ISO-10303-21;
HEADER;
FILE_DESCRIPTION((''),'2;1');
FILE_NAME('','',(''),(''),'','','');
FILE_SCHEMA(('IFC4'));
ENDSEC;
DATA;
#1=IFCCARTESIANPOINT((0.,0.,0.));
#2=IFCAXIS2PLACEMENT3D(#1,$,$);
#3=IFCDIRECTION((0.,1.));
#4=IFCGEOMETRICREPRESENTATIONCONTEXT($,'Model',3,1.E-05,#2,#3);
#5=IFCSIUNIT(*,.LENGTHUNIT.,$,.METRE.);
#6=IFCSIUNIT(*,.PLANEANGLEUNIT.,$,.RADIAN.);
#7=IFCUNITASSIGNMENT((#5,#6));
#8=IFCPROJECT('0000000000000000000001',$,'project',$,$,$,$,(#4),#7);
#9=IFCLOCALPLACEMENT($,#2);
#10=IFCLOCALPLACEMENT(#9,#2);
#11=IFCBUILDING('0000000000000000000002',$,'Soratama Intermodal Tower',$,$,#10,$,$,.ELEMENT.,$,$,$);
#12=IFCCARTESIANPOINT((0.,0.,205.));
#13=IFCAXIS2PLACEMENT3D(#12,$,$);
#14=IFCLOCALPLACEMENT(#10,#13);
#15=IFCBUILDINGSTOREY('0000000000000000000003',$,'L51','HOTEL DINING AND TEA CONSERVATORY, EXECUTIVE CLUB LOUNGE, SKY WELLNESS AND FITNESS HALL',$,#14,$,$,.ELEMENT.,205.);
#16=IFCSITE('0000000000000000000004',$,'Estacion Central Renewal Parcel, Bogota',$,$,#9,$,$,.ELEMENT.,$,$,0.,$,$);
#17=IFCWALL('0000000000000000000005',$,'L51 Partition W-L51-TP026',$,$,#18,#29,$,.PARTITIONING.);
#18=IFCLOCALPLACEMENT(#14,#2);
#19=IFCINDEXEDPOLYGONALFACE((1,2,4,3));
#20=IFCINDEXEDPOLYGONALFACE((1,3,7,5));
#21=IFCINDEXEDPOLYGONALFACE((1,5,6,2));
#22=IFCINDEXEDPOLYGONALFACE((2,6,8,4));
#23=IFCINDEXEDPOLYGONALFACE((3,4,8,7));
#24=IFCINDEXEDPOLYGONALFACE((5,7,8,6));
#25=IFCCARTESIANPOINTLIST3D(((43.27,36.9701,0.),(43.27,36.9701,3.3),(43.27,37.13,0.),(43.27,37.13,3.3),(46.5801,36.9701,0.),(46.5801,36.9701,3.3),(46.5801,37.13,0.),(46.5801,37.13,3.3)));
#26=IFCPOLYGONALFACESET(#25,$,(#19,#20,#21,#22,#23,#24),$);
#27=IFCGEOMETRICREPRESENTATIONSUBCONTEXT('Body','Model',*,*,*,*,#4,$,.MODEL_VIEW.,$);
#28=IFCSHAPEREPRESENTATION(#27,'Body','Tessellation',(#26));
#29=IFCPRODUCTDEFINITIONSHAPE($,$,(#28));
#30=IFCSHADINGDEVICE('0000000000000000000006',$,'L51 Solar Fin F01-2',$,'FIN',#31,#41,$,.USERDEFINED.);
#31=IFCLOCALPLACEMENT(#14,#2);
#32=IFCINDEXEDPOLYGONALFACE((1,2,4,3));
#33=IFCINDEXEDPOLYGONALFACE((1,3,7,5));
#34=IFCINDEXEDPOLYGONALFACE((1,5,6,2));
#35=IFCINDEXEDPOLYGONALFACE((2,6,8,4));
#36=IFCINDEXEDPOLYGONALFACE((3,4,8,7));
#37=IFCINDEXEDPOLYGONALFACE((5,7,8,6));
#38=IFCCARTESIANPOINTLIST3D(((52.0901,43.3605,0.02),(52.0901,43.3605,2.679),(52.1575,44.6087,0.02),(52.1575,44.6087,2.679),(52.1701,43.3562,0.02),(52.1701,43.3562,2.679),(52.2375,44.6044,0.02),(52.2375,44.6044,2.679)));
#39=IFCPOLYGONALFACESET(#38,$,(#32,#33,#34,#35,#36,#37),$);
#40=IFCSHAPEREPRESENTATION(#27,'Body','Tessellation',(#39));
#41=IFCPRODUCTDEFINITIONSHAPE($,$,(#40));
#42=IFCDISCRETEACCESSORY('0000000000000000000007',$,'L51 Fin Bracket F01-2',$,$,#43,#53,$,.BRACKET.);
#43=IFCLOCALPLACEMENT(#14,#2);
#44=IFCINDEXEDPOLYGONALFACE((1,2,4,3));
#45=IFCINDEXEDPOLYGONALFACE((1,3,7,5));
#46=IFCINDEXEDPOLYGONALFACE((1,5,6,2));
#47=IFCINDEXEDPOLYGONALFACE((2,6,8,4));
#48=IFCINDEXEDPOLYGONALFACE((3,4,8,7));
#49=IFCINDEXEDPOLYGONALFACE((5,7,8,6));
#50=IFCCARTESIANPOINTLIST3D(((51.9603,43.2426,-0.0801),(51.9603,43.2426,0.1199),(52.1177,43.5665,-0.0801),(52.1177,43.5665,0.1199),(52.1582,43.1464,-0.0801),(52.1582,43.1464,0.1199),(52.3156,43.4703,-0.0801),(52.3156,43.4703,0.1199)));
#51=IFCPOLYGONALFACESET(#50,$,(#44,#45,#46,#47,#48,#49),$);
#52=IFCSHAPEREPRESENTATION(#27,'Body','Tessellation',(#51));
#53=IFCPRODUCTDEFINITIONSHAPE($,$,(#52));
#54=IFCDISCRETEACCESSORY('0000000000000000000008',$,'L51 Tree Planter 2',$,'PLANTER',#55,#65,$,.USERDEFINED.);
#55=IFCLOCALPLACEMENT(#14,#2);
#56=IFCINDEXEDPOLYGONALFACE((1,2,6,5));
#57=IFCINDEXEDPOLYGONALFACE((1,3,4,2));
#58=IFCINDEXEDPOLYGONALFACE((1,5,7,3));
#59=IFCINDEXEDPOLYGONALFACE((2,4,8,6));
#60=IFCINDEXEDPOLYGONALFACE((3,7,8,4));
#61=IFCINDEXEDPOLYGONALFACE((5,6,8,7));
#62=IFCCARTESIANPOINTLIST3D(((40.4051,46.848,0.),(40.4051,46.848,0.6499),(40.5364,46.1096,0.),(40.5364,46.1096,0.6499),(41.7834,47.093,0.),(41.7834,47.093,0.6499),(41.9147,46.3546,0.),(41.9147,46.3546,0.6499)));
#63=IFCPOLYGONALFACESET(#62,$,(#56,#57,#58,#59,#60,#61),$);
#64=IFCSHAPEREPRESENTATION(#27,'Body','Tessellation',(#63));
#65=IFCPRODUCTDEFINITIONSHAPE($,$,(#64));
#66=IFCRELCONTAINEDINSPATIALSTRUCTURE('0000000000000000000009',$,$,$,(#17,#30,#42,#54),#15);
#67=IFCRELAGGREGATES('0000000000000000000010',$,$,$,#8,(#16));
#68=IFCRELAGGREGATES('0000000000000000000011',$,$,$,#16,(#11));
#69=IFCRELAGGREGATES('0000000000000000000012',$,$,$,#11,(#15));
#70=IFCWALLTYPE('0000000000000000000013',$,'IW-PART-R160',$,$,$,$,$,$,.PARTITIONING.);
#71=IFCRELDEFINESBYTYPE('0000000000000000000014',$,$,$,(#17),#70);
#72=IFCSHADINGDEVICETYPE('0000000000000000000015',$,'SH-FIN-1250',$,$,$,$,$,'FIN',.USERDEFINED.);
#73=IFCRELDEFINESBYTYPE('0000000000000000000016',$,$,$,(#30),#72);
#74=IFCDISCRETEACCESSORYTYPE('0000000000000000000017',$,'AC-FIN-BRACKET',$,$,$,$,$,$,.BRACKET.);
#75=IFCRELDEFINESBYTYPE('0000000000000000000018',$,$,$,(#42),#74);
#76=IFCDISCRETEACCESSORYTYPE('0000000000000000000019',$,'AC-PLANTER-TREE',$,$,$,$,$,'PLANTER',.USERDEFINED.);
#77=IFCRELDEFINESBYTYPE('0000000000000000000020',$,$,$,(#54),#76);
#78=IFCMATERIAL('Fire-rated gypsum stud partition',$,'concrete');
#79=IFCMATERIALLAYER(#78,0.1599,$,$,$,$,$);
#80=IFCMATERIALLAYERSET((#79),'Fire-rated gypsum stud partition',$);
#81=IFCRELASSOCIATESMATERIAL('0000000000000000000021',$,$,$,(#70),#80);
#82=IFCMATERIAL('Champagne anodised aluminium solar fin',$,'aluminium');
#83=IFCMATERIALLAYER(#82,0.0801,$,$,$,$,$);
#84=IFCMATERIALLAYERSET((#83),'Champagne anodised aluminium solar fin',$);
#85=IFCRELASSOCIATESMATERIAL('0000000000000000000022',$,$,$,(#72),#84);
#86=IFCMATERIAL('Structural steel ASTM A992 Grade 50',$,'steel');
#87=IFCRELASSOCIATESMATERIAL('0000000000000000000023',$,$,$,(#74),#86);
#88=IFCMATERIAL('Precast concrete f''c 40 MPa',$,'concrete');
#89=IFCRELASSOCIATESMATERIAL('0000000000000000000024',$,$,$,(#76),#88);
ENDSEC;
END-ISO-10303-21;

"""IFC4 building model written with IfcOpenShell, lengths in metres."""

from ifc_helpers import new_model, si_unit, direction, frame, frame_2d, origin, origin_2d, place, context, subcontext, project, spatial, rectangle, extrude, material, layer, layer_set, type_object, element, save


model = new_model("IFC4")

# Units and contexts
model_context = context("Model", 3, precision=1e-05, world=origin(), true_north=direction((0.0, 1.0)))
body_context = subcontext(model_context, "Body", "Model", "MODEL_VIEW")
ifc_project = project(units=[si_unit("LENGTHUNIT", "METRE"), si_unit("PLANEANGLEUNIT", "RADIAN")], contexts=[model_context])

# Site, building, storey
site_placement = place(None, origin())
site = spatial("IfcSite", under=ifc_project, at=site_placement, Name="Estacion Central Renewal Parcel, Bogota", CompositionType="ELEMENT", RefElevation=0.0)
building_placement = place(site_placement, origin())
building = spatial("IfcBuilding", under=site, at=building_placement, Name="Soratama Intermodal Tower", CompositionType="ELEMENT")
storey_placement = place(building_placement, frame((0.0, 0.0, 205.0)))
storey = spatial("IfcBuildingStorey", under=building, at=storey_placement, Name="L51", Description="HOTEL DINING AND TEA CONSERVATORY, EXECUTIVE CLUB LOUNGE, SKY WELLNESS AND FITNESS HALL", CompositionType="ELEMENT", Elevation=205.0)

# Shared definitions
ifc_material_1 = material(Name="Fire-rated gypsum stud partition", Category="concrete")
ifc_layer_1 = layer(ifc_material_1, 0.1599)
ifc_layer_set_1 = layer_set([ifc_layer_1], Name="Fire-rated gypsum stud partition")
wall_type_1 = type_object("IfcWallType", Name="IW-PART-R160", PredefinedType="PARTITIONING", material=ifc_layer_set_1)

# Wall
wall_1_placement = place(storey_placement, frame((43.27, 37.05, 0.0), z_axis=(0.0, 0.0, 1.0), x_axis=(1.0, 0.0, 0.0)))
element("IfcWall", 1, at=wall_1_placement, inside=storey, type_object=wall_type_1, Name="L51 Partition W-L51-TP026", PredefinedType="PARTITIONING", context=body_context, shape_type="SweptSolid", body=[
    extrude(rectangle(XDim=3.3101, YDim=0.1599, at=frame_2d((1.655, 0.0))), origin(), (0.0, 0.0, 1.0), 3.3),
])

# Shading device
ifc_material_2 = material(Name="Champagne anodised aluminium solar fin", Category="aluminium")
ifc_layer_2 = layer(ifc_material_2, 0.0801)
ifc_layer_set_2 = layer_set([ifc_layer_2], Name="Champagne anodised aluminium solar fin")
shading_device_type = type_object("IfcShadingDeviceType", Name="SH-FIN-1250", ElementType="FIN", PredefinedType="USERDEFINED", material=ifc_layer_set_2)
shading_device_placement = place(storey_placement, frame((52.1638, 43.9824, 0.02), z_axis=(0.0, 0.0, 1.0), x_axis=(0.053905, 0.998546, 0.0)))
element("IfcShadingDevice", 2, at=shading_device_placement, inside=storey, type_object=shading_device_type, Name="L51 Solar Fin F01-2", ObjectType="FIN", PredefinedType="USERDEFINED", context=body_context, shape_type="SweptSolid", body=[
    extrude(rectangle(XDim=1.25, YDim=0.0801, at=origin_2d()), origin(), (0.0, 0.0, 1.0), 2.6589),
])

# Discrete accessories
ifc_material_3 = material(Name="Structural steel ASTM A992 Grade 50", Category="steel")
discrete_accessory_type_1 = type_object("IfcDiscreteAccessoryType", Name="AC-FIN-BRACKET", PredefinedType="BRACKET", material=ifc_material_3)
discrete_accessory_1_placement = place(storey_placement, frame((52.1379, 43.3564, -0.0801), z_axis=(0.0, 0.0, 1.0), x_axis=(0.437116, 0.899405, 0.0)))
element("IfcDiscreteAccessory", 3, at=discrete_accessory_1_placement, inside=storey, type_object=discrete_accessory_type_1, Name="L51 Fin Bracket F01-2", PredefinedType="BRACKET", context=body_context, shape_type="SweptSolid", body=[
    extrude(rectangle(XDim=0.3601, YDim=0.22, at=origin_2d()), origin(), (0.0, 0.0, 1.0), 0.2),
])
ifc_material_4 = material(Name="Precast concrete f'c 40 MPa", Category="concrete")
discrete_accessory_type_2 = type_object("IfcDiscreteAccessoryType", Name="AC-PLANTER-TREE", ElementType="PLANTER", PredefinedType="USERDEFINED", material=ifc_material_4)
discrete_accessory_2_placement = place(storey_placement, frame((41.1599, 46.6013, 0.0), z_axis=(0.0, 0.0, 1.0), x_axis=(-0.175023, 0.984564, 0.0)))
element("IfcDiscreteAccessory", 4, at=discrete_accessory_2_placement, inside=storey, type_object=discrete_accessory_type_2, Name="L51 Tree Planter 2", ObjectType="PLANTER", PredefinedType="USERDEFINED", context=body_context, shape_type="SweptSolid", body=[
    extrude(rectangle(XDim=0.75, YDim=1.3999, at=origin_2d()), origin(), (0.0, 0.0, 1.0), 0.6499),
])

save(model, "model.ifc")
